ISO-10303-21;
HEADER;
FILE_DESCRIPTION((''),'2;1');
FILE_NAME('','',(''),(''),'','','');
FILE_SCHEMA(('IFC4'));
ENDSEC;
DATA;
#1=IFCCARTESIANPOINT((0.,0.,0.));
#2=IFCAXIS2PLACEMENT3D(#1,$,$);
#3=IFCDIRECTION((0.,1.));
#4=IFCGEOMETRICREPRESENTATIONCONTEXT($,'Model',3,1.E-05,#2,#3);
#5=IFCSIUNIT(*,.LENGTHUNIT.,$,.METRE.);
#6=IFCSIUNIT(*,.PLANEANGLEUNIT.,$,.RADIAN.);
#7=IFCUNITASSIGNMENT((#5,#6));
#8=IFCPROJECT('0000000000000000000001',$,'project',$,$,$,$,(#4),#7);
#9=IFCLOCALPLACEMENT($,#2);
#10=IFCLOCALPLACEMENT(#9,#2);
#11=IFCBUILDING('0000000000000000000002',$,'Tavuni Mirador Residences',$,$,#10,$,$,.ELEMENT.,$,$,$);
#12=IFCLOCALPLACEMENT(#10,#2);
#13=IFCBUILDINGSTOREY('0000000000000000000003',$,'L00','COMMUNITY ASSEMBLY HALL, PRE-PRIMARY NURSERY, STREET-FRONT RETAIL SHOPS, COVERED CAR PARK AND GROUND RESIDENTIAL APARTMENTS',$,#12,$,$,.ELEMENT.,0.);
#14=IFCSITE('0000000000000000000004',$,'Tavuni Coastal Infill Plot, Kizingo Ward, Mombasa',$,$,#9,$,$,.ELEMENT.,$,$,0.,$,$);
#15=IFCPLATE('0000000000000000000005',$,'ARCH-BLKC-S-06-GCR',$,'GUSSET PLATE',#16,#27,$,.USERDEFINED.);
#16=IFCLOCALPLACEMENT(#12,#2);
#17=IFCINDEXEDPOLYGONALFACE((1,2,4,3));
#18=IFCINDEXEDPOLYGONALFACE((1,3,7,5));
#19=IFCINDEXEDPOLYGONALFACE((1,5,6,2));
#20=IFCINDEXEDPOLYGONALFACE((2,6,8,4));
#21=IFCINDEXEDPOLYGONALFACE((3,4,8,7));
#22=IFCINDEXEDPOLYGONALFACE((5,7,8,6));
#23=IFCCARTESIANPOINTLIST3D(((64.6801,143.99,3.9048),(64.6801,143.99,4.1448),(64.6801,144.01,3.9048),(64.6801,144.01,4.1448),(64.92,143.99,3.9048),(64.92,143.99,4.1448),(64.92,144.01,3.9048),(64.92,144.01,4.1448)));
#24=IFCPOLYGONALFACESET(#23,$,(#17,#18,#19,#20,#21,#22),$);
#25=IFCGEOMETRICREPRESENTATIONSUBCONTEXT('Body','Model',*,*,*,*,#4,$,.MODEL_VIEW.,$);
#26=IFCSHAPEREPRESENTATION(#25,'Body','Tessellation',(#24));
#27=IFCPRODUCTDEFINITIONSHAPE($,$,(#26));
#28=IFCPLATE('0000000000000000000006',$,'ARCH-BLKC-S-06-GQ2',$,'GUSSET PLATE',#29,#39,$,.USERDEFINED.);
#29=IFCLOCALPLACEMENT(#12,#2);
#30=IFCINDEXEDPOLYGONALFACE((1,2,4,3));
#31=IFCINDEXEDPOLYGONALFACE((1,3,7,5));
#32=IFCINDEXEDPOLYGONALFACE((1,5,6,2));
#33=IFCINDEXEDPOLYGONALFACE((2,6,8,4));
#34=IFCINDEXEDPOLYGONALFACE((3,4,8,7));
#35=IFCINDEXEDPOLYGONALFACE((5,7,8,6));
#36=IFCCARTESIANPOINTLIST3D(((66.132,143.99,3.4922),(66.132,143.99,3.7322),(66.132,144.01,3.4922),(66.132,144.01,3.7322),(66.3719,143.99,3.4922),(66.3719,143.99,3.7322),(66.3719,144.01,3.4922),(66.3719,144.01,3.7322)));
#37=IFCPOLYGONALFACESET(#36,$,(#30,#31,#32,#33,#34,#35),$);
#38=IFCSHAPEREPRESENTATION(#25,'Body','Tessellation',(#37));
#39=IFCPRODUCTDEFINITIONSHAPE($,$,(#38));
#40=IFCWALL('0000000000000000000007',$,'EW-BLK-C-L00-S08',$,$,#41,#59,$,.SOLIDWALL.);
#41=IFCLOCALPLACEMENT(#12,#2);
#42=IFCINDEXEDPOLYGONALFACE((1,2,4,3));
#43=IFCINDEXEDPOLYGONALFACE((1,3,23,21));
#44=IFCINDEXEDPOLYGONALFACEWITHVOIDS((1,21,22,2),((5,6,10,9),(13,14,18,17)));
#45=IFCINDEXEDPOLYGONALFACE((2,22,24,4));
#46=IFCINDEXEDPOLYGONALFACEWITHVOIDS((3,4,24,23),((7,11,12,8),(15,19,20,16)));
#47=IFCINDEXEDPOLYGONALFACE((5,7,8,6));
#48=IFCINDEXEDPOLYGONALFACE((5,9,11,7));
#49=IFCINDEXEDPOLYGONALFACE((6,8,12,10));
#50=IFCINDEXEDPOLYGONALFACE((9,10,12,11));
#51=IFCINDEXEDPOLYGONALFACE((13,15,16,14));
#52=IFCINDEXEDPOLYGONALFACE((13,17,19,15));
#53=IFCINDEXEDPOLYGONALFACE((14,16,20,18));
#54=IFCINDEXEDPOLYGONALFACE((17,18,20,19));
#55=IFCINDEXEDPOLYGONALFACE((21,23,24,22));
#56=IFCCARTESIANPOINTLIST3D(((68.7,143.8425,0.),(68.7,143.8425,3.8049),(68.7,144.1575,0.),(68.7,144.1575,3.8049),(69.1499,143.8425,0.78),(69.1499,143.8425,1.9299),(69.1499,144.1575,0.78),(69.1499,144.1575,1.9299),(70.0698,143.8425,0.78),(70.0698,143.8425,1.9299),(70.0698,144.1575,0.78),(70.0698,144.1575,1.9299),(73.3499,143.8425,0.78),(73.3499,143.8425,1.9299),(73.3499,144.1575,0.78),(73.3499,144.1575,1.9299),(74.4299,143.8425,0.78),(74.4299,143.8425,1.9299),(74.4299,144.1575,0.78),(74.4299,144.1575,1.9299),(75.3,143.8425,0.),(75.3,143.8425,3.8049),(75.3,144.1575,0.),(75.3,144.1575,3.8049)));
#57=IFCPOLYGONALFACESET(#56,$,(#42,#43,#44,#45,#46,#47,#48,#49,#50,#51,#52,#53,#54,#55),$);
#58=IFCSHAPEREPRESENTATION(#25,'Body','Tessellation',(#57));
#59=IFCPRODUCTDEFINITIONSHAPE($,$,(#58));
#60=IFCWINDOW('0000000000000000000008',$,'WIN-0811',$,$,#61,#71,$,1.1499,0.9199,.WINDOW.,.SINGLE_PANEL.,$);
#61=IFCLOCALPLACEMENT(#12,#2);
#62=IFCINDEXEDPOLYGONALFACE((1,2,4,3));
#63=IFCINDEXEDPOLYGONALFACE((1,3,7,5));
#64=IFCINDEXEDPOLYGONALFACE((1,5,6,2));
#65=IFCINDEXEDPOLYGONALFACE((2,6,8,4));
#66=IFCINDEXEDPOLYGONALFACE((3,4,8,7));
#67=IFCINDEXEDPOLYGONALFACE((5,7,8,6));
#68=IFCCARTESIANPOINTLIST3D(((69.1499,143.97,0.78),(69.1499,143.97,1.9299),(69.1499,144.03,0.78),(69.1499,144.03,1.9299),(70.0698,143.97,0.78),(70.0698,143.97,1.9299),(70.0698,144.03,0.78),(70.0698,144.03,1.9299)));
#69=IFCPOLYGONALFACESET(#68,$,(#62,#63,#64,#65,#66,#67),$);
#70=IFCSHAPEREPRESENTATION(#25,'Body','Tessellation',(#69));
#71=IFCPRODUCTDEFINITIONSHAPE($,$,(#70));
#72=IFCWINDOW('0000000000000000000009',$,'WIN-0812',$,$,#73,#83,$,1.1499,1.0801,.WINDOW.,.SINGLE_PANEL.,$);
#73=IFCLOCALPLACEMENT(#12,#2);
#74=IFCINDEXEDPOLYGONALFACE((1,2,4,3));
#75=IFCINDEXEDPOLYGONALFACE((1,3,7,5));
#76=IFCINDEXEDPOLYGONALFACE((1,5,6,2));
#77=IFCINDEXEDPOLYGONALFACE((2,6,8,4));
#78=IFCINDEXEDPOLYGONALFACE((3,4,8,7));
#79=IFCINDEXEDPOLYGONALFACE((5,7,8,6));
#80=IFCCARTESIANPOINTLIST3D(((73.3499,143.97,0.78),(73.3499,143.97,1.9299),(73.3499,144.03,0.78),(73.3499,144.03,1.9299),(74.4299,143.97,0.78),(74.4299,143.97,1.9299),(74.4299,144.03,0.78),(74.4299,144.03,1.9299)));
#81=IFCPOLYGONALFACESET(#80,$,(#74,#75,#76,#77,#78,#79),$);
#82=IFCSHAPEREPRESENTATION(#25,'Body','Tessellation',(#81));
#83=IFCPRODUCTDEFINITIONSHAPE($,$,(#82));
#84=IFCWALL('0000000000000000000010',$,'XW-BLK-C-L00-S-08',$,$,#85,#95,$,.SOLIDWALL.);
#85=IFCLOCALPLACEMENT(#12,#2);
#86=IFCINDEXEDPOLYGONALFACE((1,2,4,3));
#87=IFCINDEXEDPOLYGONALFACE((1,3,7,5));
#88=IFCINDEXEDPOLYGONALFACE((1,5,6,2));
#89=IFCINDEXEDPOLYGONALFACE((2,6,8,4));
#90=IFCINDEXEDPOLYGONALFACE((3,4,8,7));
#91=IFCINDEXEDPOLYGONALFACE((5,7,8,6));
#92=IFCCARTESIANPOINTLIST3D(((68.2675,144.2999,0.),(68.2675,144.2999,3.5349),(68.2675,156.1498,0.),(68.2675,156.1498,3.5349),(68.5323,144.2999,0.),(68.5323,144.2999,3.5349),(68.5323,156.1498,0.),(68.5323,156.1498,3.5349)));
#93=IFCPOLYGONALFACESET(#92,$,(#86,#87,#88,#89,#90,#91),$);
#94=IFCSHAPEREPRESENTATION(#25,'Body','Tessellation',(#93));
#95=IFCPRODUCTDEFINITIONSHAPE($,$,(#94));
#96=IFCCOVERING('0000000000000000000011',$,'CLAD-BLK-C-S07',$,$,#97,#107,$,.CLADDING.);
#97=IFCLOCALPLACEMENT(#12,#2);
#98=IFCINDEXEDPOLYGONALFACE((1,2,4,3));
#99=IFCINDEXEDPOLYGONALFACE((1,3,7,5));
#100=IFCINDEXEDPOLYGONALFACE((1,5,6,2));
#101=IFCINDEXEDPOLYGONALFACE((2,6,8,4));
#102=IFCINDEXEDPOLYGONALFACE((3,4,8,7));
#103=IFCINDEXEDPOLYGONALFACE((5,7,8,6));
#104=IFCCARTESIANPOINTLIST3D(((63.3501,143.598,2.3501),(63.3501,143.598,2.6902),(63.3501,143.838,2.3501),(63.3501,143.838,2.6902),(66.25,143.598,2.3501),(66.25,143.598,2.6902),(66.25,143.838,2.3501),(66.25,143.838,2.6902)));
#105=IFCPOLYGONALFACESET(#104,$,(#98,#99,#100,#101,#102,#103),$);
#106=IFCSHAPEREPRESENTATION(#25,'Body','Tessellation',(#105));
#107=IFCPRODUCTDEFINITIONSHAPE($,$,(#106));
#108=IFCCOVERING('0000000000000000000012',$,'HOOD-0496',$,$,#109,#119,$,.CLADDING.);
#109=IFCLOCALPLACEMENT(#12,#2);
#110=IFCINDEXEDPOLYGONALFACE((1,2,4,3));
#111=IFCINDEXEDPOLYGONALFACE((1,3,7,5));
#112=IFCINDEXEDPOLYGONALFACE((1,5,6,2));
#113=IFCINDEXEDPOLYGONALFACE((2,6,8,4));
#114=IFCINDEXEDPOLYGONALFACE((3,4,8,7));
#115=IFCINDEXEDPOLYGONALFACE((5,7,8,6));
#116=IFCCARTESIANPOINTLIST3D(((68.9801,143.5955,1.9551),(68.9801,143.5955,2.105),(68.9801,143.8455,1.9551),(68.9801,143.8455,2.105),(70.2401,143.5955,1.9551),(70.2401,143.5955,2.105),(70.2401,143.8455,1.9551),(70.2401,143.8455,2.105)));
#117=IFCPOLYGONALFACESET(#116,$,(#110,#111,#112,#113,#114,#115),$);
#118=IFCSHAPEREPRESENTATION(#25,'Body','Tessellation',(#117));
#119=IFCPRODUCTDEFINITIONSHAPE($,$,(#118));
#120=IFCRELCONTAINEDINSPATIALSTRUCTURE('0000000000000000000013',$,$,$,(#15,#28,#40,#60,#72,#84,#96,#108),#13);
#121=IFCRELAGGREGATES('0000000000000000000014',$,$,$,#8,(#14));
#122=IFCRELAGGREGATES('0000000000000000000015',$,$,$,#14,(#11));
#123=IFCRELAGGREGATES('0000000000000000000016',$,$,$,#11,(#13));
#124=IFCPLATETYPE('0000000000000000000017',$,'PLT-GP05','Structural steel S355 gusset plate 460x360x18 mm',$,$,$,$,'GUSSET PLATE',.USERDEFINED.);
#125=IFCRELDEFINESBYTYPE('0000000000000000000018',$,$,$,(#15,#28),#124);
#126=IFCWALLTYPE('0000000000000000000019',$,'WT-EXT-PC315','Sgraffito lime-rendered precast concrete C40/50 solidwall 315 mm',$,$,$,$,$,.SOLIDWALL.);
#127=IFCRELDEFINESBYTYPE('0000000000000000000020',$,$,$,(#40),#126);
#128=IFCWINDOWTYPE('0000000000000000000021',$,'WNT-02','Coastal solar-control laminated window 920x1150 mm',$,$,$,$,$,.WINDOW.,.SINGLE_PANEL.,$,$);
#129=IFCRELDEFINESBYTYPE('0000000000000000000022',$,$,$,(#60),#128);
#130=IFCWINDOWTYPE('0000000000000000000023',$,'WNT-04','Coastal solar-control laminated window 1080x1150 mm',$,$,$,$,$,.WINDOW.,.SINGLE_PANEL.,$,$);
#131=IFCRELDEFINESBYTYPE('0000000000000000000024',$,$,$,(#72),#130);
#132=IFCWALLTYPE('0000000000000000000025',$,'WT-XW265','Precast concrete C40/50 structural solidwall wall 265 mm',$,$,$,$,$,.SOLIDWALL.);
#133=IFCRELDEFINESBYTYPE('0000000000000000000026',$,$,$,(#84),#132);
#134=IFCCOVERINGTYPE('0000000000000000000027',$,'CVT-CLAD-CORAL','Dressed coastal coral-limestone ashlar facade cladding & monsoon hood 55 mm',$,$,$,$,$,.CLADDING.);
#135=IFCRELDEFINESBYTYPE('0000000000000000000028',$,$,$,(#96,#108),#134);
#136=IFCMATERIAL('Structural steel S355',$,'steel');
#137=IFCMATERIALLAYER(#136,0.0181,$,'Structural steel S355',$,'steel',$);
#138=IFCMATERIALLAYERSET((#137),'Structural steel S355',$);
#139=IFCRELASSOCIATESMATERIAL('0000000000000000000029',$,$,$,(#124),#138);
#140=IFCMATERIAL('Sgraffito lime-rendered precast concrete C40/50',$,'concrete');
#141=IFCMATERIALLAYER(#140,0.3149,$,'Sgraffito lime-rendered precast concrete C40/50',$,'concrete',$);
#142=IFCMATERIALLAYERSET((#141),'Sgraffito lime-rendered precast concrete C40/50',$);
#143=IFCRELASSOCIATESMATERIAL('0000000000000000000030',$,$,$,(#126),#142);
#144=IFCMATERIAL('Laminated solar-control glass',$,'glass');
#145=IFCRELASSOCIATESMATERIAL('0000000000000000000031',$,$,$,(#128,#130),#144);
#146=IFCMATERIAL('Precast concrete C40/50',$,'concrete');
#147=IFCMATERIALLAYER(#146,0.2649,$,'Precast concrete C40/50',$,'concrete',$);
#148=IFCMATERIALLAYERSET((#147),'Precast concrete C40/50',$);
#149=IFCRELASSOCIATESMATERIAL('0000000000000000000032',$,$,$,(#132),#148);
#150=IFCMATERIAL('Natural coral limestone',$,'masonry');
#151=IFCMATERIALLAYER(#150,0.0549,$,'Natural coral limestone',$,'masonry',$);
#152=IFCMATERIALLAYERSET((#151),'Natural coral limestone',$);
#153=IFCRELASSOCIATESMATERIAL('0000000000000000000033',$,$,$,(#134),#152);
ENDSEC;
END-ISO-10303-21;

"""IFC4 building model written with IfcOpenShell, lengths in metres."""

from ifc_helpers import new_model, si_unit, direction, frame, frame_2d, origin, origin_2d, place, context, subcontext, project, spatial, rectangle, extrude, material, layer, layer_set, type_object, element, fill, save


model = new_model("IFC4")

# Units and contexts
model_context = context("Model", 3, precision=1e-05, world=origin(), true_north=direction((0.0, 1.0)))
body_context = subcontext(model_context, "Body", "Model", "MODEL_VIEW")
ifc_project = project(units=[si_unit("LENGTHUNIT", "METRE"), si_unit("PLANEANGLEUNIT", "RADIAN")], contexts=[model_context])

# Site, building, storey
site_placement = place(None, origin())
site = spatial("IfcSite", under=ifc_project, at=site_placement, Name="Tavuni Coastal Infill Plot, Kizingo Ward, Mombasa", CompositionType="ELEMENT", RefElevation=0.0)
building_placement = place(site_placement, origin())
building = spatial("IfcBuilding", under=site, at=building_placement, Name="Tavuni Mirador Residences", CompositionType="ELEMENT")
storey_placement = place(building_placement, origin())
storey = spatial("IfcBuildingStorey", under=building, at=storey_placement, Name="L00", Description="COMMUNITY ASSEMBLY HALL, PRE-PRIMARY NURSERY, STREET-FRONT RETAIL SHOPS, COVERED CAR PARK AND GROUND RESIDENTIAL APARTMENTS", CompositionType="ELEMENT", Elevation=0.0)

# Shared definitions
ifc_material_1 = material(Name="Precast concrete C40/50", Category="concrete")

# Shared definitions
ifc_material_2 = material(Name="Structural steel S355", Category="steel")

# Plates
ifc_layer_1 = layer(ifc_material_2, 0.0181, Name="Structural steel S355", Category="steel")
ifc_layer_set_1 = layer_set([ifc_layer_1], Name="Structural steel S355")
plate_type = type_object("IfcPlateType", Name="PLT-GP05", Description="Structural steel S355 gusset plate 460x360x18 mm", ElementType="GUSSET PLATE", PredefinedType="USERDEFINED", material=ifc_layer_set_1)
for number, where, z_axis, x_axis, name in (
    (1, (64.8, 144.0, 3.9048), (0.0, 0.0, 1.0), (1.0, 0.0, 0.0), "ARCH-BLKC-S-06-GCR"),
    (2, (66.252, 144.0, 3.4922), (0.0, 0.0, 1.0), (1.0, 0.0, 0.0), "ARCH-BLKC-S-06-GQ2"),
):
    element("IfcPlate", number, at=place(storey_placement, frame(where, z_axis=z_axis, x_axis=x_axis)), inside=storey, type_object=plate_type, Name=name, ObjectType="GUSSET PLATE", PredefinedType="USERDEFINED", context=body_context, shape_type="SweptSolid", body=[
        extrude(rectangle(XDim=0.24, YDim=0.02, at=origin_2d()), origin(), (0.0, 0.0, 1.0), 0.24),
    ])

# Wall, openings, windows
ifc_material_3 = material(Name="Sgraffito lime-rendered precast concrete C40/50", Category="concrete")
ifc_layer_2 = layer(ifc_material_3, 0.3149, Name="Sgraffito lime-rendered precast concrete C40/50", Category="concrete")
ifc_layer_set_2 = layer_set([ifc_layer_2], Name="Sgraffito lime-rendered precast concrete C40/50")
wall_type_1 = type_object("IfcWallType", Name="WT-EXT-PC315", Description="Sgraffito lime-rendered precast concrete C40/50 solidwall 315 mm", PredefinedType="SOLIDWALL", material=ifc_layer_set_2)
wall_1_placement = place(storey_placement, frame((68.7, 144.0, 0.0), z_axis=(0.0, 0.0, 1.0), x_axis=(1.0, 0.0, 0.0)))
wall_1 = element("IfcWall", 3, at=wall_1_placement, inside=storey, type_object=wall_type_1, Name="EW-BLK-C-L00-S08", PredefinedType="SOLIDWALL", context=body_context, shape_type="SweptSolid", body=[
    extrude(rectangle(XDim=6.6001, YDim=0.3149, at=frame_2d((3.3, 0.0))), origin(), (0.0, 0.0, 1.0), 3.8049),
])
opening_1_placement = place(wall_1_placement, frame((0.45, 0.0, 0.78)))
opening_1 = element("IfcOpeningElement", 4, at=opening_1_placement, cuts=wall_1, PredefinedType="OPENING", context=body_context, shape_type="SweptSolid", body=[
    extrude(rectangle(XDim=0.9199, YDim=1.1499, at=frame_2d((0.46, 0.575))), frame((0.0, 0.1675, 0.0), z_axis=(0.0, -1.0, 0.0), x_axis=(1.0, 0.0, 0.0)), (0.0, 0.0, 1.0), 0.335),
])
opening_2_placement = place(wall_1_placement, frame((4.6499, 0.0, 0.78)))
opening_2 = element("IfcOpeningElement", 5, at=opening_2_placement, cuts=wall_1, PredefinedType="OPENING", context=body_context, shape_type="SweptSolid", body=[
    extrude(rectangle(XDim=1.0801, YDim=1.1499, at=frame_2d((0.54, 0.575))), frame((0.0, 0.1675, 0.0), z_axis=(0.0, -1.0, 0.0), x_axis=(1.0, 0.0, 0.0)), (0.0, 0.0, 1.0), 0.335),
])
ifc_material_4 = material(Name="Laminated solar-control glass", Category="glass")
window_type_1 = type_object("IfcWindowType", Name="WNT-02", Description="Coastal solar-control laminated window 920x1150 mm", PartitioningType="SINGLE_PANEL", PredefinedType="WINDOW", material=ifc_material_4)
window_1_placement = place(opening_1_placement, origin())
window_1 = element("IfcWindow", 6, at=window_1_placement, inside=storey, type_object=window_type_1, Name="WIN-0811", OverallHeight=1.1499, OverallWidth=0.9199, PartitioningType="SINGLE_PANEL", PredefinedType="WINDOW", context=body_context, shape_type="SweptSolid", body=[
    extrude(rectangle(XDim=0.9199, YDim=1.1499, at=frame_2d((0.46, 0.575))), frame((0.0, 0.03, 0.0), z_axis=(0.0, -1.0, 0.0), x_axis=(1.0, 0.0, 0.0)), (0.0, 0.0, 1.0), 0.0601),
])
fill(opening_1, window_1)
window_type_2 = type_object("IfcWindowType", Name="WNT-04", Description="Coastal solar-control laminated window 1080x1150 mm", PartitioningType="SINGLE_PANEL", PredefinedType="WINDOW", material=ifc_material_4)
window_2_placement = place(opening_2_placement, origin())
window_2 = element("IfcWindow", 7, at=window_2_placement, inside=storey, type_object=window_type_2, Name="WIN-0812", OverallHeight=1.1499, OverallWidth=1.0801, PartitioningType="SINGLE_PANEL", PredefinedType="WINDOW", context=body_context, shape_type="SweptSolid", body=[
    extrude(rectangle(XDim=1.0801, YDim=1.1499, at=frame_2d((0.54, 0.575))), frame((0.0, 0.03, 0.0), z_axis=(0.0, -1.0, 0.0), x_axis=(1.0, 0.0, 0.0)), (0.0, 0.0, 1.0), 0.0601),
])
fill(opening_2, window_2)

# Wall
ifc_layer_3 = layer(ifc_material_1, 0.2649, Name="Precast concrete C40/50", Category="concrete")
ifc_layer_set_3 = layer_set([ifc_layer_3], Name="Precast concrete C40/50")
wall_type_2 = type_object("IfcWallType", Name="WT-XW265", Description="Precast concrete C40/50 structural solidwall wall 265 mm", PredefinedType="SOLIDWALL", material=ifc_layer_set_3)
wall_2_placement = place(storey_placement, frame((68.3999, 144.3, 0.0), z_axis=(0.0, 0.0, 1.0), x_axis=(0.0, 1.0, 0.0)))
element("IfcWall", 8, at=wall_2_placement, inside=storey, type_object=wall_type_2, Name="XW-BLK-C-L00-S-08", PredefinedType="SOLIDWALL", context=body_context, shape_type="SweptSolid", body=[
    extrude(rectangle(XDim=11.8499, YDim=0.2649, at=frame_2d((5.9248, 0.0))), origin(), (0.0, 0.0, 1.0), 3.5349),
])

# Coverings
ifc_material_5 = material(Name="Natural coral limestone", Category="masonry")
ifc_layer_4 = layer(ifc_material_5, 0.0549, Name="Natural coral limestone", Category="masonry")
ifc_layer_set_4 = layer_set([ifc_layer_4], Name="Natural coral limestone")
covering_type = type_object("IfcCoveringType", Name="CVT-CLAD-CORAL", Description="Dressed coastal coral-limestone ashlar facade cladding & monsoon hood 55 mm", PredefinedType="CLADDING", material=ifc_layer_set_4)
covering_1_placement = place(storey_placement, frame((64.8, 143.718, 2.3501), z_axis=(0.0, 0.0, 1.0), x_axis=(1.0, 0.0, 0.0)))
element("IfcCovering", 9, at=covering_1_placement, inside=storey, type_object=covering_type, Name="CLAD-BLK-C-S07", PredefinedType="CLADDING", context=body_context, shape_type="SweptSolid", body=[
    extrude(rectangle(XDim=2.8999, YDim=0.24, at=origin_2d()), origin(), (0.0, 0.0, 1.0), 0.3401),
])
covering_2_placement = place(storey_placement, frame((69.6101, 143.7205, 1.9551), z_axis=(0.0, 0.0, 1.0), x_axis=(1.0, 0.0, 0.0)))
element("IfcCovering", 10, at=covering_2_placement, inside=storey, type_object=covering_type, Name="HOOD-0496", PredefinedType="CLADDING", context=body_context, shape_type="SweptSolid", body=[
    extrude(rectangle(XDim=1.26, YDim=0.25, at=origin_2d()), origin(), (0.0, 0.0, 1.0), 0.1499),
])

save(model, "model.ifc")
